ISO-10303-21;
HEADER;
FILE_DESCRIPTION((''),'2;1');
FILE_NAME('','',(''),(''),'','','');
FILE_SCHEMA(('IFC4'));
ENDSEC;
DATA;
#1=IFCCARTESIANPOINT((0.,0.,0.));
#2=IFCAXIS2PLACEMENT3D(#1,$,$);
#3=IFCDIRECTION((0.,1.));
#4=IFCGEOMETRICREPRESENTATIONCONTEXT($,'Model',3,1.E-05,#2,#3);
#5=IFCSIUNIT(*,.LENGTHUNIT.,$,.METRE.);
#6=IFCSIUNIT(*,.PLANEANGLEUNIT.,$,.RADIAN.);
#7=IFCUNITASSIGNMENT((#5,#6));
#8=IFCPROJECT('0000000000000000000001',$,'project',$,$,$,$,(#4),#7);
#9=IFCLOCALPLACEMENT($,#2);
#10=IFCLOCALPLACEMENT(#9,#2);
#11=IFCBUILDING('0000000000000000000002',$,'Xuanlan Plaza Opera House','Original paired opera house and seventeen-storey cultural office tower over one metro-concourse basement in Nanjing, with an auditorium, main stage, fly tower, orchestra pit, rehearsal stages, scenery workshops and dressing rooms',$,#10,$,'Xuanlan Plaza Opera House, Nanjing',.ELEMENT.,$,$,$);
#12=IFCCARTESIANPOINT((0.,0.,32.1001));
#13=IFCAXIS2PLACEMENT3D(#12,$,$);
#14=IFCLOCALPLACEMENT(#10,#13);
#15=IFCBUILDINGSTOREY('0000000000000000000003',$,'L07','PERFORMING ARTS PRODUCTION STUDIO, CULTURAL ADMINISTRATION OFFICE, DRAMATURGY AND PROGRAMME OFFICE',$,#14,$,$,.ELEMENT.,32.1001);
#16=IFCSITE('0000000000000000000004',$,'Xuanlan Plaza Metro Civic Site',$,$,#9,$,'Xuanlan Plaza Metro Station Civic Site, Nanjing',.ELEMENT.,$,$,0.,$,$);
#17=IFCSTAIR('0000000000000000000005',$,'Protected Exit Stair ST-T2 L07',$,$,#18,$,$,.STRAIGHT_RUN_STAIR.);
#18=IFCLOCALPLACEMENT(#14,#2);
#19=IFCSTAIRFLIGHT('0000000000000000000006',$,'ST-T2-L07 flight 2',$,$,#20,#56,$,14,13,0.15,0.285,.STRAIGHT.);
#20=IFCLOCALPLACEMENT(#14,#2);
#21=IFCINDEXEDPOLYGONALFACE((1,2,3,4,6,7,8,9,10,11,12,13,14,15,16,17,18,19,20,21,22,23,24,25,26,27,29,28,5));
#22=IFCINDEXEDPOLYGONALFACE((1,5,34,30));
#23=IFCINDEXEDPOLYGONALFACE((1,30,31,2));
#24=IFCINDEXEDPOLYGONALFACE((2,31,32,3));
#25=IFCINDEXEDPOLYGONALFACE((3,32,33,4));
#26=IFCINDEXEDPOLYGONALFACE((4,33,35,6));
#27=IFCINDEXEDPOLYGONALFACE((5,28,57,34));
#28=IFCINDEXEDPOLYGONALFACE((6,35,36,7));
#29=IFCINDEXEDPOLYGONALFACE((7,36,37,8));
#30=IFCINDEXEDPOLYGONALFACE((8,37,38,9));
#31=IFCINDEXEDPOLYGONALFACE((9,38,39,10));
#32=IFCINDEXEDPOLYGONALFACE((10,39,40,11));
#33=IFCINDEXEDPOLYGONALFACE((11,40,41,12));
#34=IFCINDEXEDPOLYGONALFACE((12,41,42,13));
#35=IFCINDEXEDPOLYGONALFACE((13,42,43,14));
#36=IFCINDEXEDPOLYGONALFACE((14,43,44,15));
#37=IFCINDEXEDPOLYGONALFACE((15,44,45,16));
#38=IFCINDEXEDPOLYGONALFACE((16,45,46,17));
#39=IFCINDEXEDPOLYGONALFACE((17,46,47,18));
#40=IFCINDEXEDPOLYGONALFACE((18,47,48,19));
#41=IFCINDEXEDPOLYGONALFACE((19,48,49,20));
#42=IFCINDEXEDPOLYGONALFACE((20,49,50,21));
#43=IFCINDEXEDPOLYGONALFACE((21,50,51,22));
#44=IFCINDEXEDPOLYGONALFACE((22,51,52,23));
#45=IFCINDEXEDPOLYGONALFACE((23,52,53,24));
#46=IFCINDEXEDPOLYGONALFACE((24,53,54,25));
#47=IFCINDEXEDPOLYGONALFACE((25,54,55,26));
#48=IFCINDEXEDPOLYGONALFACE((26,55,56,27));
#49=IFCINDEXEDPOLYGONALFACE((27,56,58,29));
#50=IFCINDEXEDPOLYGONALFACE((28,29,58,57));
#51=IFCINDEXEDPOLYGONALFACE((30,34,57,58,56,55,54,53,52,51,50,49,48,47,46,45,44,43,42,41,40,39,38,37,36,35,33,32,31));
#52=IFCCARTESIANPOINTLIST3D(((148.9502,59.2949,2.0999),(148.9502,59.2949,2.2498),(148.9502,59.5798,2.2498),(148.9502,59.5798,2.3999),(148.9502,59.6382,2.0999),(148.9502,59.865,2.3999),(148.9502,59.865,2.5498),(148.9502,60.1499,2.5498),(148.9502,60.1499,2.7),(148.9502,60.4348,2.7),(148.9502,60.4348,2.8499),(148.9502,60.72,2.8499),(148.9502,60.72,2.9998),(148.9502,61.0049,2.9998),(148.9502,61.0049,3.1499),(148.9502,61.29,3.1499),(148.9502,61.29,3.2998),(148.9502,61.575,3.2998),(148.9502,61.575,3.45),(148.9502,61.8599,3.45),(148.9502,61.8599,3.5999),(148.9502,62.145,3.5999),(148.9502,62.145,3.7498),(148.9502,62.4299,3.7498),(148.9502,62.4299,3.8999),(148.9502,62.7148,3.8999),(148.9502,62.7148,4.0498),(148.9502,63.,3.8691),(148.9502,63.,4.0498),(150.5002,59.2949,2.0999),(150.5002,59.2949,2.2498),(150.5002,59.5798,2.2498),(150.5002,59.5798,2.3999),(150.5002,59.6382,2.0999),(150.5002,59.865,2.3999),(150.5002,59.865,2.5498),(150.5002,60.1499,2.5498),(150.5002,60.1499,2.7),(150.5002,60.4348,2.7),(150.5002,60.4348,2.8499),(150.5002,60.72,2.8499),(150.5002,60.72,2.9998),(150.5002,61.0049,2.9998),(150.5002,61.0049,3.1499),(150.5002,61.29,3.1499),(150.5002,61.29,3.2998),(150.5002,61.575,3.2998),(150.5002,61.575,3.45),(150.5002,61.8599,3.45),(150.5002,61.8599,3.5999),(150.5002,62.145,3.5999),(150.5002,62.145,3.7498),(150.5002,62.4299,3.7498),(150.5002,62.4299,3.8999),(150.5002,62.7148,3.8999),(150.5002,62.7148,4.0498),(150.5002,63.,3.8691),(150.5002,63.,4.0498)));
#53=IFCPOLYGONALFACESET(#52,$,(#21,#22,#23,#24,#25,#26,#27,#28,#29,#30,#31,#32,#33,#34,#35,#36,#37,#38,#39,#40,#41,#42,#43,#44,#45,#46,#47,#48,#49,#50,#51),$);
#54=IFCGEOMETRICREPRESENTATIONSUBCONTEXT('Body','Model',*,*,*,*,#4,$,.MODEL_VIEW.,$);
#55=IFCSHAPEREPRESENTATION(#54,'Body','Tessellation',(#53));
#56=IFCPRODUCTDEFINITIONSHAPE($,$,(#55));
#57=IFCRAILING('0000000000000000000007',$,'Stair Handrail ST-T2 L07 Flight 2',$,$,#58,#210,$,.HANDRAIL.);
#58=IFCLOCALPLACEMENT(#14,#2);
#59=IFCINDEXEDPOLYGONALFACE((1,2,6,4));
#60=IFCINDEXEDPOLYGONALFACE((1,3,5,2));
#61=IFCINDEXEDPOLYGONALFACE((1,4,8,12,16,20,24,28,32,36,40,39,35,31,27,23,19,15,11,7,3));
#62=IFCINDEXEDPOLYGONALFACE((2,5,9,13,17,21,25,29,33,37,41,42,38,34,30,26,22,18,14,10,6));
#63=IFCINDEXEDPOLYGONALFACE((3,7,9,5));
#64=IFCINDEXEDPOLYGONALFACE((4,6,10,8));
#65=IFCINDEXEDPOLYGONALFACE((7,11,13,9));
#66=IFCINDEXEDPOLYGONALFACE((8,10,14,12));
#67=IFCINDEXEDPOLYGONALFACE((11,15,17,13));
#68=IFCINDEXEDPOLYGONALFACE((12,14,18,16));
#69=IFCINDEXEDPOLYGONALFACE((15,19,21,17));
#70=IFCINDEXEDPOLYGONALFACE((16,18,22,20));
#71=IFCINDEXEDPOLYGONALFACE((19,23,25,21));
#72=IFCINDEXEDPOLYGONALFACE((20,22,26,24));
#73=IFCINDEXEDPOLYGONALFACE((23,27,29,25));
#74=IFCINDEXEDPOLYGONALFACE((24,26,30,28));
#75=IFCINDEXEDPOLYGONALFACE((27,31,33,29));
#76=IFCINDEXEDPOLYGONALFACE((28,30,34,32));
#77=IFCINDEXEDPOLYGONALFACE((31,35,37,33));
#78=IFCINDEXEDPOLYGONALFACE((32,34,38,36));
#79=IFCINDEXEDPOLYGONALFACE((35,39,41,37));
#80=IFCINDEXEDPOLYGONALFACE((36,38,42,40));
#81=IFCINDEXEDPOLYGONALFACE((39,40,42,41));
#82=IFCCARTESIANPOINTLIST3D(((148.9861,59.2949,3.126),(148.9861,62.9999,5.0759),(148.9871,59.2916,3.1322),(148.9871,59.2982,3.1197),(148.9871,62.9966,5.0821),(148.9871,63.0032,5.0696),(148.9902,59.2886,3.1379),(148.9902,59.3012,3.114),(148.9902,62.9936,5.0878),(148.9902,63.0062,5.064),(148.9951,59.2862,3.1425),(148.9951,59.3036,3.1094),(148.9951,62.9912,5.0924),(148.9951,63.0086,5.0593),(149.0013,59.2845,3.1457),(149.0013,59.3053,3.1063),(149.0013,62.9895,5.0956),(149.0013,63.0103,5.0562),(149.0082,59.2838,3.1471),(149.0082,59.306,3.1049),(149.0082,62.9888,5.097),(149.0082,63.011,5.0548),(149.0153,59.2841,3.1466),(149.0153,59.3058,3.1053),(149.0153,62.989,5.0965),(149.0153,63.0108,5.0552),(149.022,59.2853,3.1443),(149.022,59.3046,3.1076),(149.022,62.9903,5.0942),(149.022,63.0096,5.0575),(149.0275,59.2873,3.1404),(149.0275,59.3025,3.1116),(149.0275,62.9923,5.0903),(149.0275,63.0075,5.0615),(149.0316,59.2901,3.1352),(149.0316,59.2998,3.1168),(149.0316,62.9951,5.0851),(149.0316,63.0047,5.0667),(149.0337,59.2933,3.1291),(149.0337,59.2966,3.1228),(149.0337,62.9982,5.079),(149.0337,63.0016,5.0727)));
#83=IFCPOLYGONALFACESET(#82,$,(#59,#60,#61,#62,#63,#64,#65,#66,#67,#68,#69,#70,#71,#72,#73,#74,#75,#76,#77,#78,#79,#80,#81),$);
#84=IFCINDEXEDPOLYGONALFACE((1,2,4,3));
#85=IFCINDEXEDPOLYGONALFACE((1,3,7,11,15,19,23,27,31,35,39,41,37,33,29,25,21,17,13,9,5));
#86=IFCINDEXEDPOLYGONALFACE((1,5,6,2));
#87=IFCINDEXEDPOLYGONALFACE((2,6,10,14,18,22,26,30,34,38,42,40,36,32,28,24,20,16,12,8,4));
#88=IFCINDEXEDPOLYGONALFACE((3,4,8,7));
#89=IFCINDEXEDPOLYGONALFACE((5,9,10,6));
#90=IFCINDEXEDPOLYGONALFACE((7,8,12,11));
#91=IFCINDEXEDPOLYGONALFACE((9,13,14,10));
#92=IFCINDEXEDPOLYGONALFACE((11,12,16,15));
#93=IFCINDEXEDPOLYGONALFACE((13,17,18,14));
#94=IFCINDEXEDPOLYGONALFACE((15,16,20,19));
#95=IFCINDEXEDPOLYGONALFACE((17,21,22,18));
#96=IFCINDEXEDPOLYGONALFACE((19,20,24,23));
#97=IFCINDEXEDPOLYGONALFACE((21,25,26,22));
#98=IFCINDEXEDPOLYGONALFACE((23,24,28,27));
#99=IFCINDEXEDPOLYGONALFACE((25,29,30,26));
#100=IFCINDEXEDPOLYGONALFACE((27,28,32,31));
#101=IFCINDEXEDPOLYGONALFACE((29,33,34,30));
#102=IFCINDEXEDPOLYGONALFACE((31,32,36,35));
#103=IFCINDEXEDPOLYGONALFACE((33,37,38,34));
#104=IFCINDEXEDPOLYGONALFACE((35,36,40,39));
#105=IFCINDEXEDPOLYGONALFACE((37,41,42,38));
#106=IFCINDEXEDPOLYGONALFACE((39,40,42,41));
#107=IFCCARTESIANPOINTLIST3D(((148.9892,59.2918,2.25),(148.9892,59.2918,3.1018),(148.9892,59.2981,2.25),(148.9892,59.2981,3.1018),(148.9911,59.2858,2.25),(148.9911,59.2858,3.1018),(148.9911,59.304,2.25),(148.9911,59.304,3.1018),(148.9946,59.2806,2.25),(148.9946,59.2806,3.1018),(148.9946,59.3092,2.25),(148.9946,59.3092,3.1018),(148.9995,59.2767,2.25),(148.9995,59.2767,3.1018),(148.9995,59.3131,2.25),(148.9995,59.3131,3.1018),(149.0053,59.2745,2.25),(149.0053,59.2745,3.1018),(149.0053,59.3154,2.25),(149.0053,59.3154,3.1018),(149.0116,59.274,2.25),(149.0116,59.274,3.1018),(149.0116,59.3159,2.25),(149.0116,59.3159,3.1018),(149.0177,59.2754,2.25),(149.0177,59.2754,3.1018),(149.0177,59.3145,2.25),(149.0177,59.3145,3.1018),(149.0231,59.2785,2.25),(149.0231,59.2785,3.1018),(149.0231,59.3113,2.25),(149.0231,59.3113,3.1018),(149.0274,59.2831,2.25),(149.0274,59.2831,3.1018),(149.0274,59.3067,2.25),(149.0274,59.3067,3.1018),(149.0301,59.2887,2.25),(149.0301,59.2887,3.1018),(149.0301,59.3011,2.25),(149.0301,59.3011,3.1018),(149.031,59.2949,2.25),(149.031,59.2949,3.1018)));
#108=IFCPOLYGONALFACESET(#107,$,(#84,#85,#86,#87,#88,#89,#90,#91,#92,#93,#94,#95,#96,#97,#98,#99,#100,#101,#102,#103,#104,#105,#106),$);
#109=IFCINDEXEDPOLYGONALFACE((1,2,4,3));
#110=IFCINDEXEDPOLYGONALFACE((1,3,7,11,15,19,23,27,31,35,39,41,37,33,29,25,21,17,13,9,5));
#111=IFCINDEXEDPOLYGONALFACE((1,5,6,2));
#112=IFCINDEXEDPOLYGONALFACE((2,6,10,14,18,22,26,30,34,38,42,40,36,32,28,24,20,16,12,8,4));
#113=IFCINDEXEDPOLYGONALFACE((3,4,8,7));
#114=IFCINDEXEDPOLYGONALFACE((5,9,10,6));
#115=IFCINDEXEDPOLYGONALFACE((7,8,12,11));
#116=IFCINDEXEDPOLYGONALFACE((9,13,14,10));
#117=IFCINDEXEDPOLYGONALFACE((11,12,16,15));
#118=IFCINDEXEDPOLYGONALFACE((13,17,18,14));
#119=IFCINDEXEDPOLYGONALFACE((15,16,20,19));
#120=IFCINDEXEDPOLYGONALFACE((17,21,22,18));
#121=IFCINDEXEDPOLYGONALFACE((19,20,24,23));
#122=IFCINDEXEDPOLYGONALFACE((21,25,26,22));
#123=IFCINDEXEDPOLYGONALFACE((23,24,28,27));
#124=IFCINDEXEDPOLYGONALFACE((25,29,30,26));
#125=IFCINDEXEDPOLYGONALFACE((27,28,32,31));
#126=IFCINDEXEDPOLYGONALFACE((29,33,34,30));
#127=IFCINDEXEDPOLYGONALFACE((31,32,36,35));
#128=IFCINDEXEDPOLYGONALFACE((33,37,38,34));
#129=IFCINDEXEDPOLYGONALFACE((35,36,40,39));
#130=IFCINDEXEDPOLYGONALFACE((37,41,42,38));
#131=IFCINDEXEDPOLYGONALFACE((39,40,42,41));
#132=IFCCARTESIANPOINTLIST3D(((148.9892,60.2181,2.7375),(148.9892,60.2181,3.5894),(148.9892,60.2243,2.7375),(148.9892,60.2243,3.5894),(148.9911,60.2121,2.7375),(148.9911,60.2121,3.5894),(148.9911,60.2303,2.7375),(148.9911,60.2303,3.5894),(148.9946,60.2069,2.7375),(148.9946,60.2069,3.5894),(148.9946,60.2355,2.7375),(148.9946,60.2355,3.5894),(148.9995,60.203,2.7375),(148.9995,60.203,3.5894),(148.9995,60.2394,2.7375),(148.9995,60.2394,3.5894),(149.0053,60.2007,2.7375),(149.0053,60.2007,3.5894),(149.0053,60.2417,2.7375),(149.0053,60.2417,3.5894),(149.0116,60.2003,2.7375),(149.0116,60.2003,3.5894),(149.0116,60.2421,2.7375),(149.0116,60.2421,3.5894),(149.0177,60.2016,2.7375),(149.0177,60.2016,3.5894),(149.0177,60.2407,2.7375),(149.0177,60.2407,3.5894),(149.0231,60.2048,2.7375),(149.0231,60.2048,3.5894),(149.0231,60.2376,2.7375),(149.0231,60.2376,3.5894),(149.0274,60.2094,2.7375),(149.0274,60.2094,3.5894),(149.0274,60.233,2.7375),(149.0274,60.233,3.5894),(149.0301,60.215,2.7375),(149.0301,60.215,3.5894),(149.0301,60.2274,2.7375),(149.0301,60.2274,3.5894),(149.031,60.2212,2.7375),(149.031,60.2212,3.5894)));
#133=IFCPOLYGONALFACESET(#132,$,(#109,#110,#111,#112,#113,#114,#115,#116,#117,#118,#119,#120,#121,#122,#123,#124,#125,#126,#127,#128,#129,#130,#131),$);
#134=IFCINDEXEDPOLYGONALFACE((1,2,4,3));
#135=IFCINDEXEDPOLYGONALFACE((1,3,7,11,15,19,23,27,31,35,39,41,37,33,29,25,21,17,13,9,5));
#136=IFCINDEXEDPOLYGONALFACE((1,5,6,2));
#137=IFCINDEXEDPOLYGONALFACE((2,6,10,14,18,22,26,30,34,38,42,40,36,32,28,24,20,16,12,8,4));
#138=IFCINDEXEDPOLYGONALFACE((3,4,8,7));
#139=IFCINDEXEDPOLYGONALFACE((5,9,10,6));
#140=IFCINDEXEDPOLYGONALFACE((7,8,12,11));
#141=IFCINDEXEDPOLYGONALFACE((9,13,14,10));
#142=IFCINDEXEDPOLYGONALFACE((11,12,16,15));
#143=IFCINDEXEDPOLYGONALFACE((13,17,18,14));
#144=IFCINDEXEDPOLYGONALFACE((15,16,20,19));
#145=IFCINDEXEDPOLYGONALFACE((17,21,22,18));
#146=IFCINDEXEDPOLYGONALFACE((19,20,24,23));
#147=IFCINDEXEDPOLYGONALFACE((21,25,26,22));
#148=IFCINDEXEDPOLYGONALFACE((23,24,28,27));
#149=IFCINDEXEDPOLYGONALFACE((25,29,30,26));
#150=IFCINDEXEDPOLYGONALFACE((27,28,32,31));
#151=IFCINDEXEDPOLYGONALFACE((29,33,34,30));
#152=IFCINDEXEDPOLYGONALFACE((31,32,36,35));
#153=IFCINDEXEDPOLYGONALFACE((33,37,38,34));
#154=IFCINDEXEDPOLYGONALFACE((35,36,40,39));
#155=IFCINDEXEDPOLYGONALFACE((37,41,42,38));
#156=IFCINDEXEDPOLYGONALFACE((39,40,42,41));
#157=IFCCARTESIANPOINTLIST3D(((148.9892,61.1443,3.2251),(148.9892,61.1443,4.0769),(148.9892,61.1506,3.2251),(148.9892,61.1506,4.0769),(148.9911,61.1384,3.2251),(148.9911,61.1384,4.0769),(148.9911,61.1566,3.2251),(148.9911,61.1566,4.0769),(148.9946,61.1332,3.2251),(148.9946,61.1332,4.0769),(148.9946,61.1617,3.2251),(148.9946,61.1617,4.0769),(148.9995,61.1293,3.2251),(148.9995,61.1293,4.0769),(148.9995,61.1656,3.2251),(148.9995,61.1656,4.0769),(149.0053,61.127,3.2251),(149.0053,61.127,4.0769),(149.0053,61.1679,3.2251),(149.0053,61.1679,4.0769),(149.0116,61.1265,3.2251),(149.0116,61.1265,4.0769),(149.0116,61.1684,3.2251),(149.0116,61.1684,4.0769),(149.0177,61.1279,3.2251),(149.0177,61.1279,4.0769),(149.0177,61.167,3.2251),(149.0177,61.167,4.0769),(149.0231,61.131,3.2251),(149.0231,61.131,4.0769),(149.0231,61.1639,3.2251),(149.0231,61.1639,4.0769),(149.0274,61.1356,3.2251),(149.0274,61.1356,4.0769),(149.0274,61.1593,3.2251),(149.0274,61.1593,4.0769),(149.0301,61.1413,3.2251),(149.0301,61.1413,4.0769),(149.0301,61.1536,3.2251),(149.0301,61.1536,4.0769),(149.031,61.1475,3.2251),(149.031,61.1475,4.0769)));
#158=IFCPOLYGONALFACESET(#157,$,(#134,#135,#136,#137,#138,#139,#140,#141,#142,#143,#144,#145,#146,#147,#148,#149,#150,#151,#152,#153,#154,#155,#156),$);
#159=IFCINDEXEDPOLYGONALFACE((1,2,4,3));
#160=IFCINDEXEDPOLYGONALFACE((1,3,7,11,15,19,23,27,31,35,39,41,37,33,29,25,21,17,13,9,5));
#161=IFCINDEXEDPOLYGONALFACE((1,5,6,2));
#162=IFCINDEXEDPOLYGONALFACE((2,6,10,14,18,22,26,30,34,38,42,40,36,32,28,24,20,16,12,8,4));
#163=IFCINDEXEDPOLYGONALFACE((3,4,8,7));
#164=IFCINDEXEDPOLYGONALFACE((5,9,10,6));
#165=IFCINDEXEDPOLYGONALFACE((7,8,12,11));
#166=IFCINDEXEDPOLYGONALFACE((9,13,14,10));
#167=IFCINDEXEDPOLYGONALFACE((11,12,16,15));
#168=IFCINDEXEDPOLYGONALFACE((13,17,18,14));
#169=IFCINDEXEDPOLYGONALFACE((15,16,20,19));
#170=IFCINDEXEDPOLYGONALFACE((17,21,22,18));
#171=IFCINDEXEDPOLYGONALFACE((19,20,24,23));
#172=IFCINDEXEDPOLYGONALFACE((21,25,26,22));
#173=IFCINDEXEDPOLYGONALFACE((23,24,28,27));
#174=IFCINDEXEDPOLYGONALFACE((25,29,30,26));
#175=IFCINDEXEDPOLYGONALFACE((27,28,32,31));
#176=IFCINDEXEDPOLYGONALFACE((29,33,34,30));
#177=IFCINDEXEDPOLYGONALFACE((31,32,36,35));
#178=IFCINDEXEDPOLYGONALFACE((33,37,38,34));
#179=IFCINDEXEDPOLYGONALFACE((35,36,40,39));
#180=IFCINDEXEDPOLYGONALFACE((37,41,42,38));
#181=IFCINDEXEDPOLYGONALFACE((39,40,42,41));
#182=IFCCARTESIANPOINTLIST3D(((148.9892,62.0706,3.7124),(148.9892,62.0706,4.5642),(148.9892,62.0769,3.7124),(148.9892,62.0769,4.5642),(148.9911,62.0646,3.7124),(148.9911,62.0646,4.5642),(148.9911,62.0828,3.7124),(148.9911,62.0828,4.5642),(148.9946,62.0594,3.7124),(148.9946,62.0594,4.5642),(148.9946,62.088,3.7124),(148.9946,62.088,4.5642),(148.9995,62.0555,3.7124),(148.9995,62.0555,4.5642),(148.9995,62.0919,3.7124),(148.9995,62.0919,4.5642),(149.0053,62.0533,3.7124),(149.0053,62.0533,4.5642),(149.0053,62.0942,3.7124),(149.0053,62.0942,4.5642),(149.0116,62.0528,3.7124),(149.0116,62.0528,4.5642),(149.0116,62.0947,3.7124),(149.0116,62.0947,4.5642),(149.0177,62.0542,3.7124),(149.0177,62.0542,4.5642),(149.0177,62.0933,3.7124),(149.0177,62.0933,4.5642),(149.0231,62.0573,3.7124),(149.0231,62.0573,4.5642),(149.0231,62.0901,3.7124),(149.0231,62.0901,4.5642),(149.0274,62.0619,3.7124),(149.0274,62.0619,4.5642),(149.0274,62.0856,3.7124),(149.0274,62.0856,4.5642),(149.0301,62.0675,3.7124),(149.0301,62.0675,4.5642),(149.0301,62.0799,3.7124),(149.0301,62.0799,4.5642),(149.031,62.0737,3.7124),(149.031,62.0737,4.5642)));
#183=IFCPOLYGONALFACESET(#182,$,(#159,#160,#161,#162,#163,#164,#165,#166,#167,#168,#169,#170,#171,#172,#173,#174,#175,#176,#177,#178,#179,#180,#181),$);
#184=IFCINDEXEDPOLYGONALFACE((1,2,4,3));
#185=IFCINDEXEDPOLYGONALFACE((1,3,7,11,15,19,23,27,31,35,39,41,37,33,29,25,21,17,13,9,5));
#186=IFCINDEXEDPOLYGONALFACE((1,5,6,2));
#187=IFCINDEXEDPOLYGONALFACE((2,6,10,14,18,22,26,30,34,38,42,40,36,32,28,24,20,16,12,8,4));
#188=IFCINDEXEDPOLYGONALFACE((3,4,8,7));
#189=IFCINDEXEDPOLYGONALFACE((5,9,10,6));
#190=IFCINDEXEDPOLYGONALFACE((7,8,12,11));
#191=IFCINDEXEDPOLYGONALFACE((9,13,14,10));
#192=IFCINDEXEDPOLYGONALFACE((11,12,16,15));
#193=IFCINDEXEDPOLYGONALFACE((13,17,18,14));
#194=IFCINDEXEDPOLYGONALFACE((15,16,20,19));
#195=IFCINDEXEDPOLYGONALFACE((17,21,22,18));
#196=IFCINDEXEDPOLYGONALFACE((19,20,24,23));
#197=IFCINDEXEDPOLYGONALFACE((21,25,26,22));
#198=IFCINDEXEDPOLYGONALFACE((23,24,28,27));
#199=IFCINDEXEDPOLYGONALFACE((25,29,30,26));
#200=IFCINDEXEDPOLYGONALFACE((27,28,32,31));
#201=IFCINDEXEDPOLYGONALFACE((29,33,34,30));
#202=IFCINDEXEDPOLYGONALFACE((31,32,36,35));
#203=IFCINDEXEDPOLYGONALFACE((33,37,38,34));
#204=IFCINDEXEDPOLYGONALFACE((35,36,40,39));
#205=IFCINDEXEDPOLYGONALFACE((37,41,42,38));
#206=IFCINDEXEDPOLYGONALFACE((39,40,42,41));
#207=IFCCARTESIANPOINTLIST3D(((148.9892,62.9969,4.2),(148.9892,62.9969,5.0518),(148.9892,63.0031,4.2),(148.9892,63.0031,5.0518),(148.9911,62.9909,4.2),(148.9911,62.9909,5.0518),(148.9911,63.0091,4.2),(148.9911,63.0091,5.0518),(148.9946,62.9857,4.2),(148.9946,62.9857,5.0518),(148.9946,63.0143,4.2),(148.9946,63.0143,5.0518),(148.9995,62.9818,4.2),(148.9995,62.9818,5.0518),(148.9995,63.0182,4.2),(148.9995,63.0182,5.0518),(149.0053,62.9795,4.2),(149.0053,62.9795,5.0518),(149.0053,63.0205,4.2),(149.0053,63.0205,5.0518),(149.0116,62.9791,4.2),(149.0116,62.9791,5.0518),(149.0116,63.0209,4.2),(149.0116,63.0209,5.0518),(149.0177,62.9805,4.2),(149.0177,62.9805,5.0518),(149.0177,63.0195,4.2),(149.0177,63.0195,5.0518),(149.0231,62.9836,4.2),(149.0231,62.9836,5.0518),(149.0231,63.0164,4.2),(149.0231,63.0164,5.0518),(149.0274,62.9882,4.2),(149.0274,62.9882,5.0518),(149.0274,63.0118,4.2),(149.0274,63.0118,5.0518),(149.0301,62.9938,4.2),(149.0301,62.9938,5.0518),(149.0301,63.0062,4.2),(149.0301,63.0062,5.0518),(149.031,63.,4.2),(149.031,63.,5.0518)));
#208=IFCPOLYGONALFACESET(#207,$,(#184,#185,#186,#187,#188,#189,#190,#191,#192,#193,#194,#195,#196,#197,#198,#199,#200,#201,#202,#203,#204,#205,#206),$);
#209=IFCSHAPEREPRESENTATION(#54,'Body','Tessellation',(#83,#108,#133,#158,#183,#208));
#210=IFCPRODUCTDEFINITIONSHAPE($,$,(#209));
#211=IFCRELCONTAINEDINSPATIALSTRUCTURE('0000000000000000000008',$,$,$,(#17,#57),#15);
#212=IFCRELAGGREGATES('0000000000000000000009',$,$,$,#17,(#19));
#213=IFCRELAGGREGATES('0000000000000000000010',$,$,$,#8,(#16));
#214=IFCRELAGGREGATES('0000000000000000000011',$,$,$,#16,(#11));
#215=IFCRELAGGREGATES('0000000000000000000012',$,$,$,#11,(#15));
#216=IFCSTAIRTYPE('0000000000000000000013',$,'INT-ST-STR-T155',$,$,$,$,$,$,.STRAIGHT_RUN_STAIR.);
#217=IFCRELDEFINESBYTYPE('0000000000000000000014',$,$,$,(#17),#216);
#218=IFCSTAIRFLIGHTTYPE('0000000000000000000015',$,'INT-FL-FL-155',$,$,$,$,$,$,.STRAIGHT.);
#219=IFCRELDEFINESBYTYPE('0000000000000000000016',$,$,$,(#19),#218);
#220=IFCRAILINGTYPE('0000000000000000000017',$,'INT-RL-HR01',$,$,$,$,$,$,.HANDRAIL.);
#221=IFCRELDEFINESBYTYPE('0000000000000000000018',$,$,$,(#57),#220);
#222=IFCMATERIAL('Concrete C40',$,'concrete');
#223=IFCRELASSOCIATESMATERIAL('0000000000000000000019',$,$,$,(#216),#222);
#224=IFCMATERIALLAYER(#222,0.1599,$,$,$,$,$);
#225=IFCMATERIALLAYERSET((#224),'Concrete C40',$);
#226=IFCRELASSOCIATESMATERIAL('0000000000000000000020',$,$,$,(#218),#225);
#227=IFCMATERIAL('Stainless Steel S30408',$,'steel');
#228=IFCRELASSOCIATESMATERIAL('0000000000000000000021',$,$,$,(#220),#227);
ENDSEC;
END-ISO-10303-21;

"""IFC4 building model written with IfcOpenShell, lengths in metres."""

from ifc_helpers import new_model, si_unit, direction, frame, origin, origin_2d, place, context, subcontext, project, spatial, polyline, circle, outline, extrude, material, layer, layer_set, type_object, element, aggregate, save


model = new_model("IFC4")

# Units and contexts
model_context = context("Model", 3, precision=1e-05, world=origin(), true_north=direction((0.0, 1.0)))
body_context = subcontext(model_context, "Body", "Model", "MODEL_VIEW")
ifc_project = project(units=[si_unit("LENGTHUNIT", "METRE"), si_unit("PLANEANGLEUNIT", "RADIAN")], contexts=[model_context])

# Site, building, storey
site_placement = place(None, origin())
site = spatial("IfcSite", under=ifc_project, at=site_placement, Name="Xuanlan Plaza Metro Civic Site", LongName="Xuanlan Plaza Metro Station Civic Site, Nanjing", CompositionType="ELEMENT", RefElevation=0.0)
building_placement = place(site_placement, origin())
building = spatial("IfcBuilding", under=site, at=building_placement, Name="Xuanlan Plaza Opera House", Description="Original paired opera house and seventeen-storey cultural office tower over one metro-concourse basement in Nanjing, with an auditorium, main stage, fly tower, orchestra pit, rehearsal stages, scenery workshops and dressing rooms", LongName="Xuanlan Plaza Opera House, Nanjing", CompositionType="ELEMENT")
storey_placement = place(building_placement, frame((0.0, 0.0, 32.1001)))
storey = spatial("IfcBuildingStorey", under=building, at=storey_placement, Name="L07", Description="PERFORMING ARTS PRODUCTION STUDIO, CULTURAL ADMINISTRATION OFFICE, DRAMATURGY AND PROGRAMME OFFICE", CompositionType="ELEMENT", Elevation=32.1001)

# Shared definitions
ifc_material_1 = material(Name="Concrete C40", Category="concrete")

# Shared definitions
ifc_material_2 = material(Name="Stainless Steel S30408", Category="steel")

# Stair, stair flight
stair_type = type_object("IfcStairType", Name="INT-ST-STR-T155", PredefinedType="STRAIGHT_RUN_STAIR", material=ifc_material_1)
stair_placement = place(storey_placement, origin())
stair = element("IfcStair", 1, at=stair_placement, inside=storey, type_object=stair_type, Name="Protected Exit Stair ST-T2 L07", PredefinedType="STRAIGHT_RUN_STAIR")
ifc_layer_1 = layer(ifc_material_1, 0.1599)
ifc_layer_set_1 = layer_set([ifc_layer_1], Name="Concrete C40")
stair_flight_type = type_object("IfcStairFlightType", Name="INT-FL-FL-155", PredefinedType="STRAIGHT", material=ifc_layer_set_1)
stair_flight_placement = place(storey_placement, frame((149.7251, 59.2949, 2.0999), z_axis=(0.0, 0.0, 1.0), x_axis=(0.0, 1.0, 0.0)))
stair_flight = element("IfcStairFlight", 2, at=stair_flight_placement, type_object=stair_flight_type, Name="ST-T2-L07 flight 2", NumberOfRisers=14, NumberOfTreads=13, PredefinedType="STRAIGHT", RiserHeight=0.15, TreadLength=0.285, context=body_context, shape_type="SweptSolid", body=[
    extrude(outline(polyline([(0.0, 0.0), (0.0, 0.1499), (0.2849, 0.1499), (0.2849, 0.3), (0.5701, 0.3), (0.5701, 0.45), (0.855, 0.45), (0.855, 0.6001), (1.1399, 0.6001), (1.1399, 0.75), (1.425, 0.75), (1.425, 0.8999), (1.71, 0.8999), (1.71, 1.05), (1.9951, 1.05), (1.9951, 1.2), (2.28, 1.2), (2.28, 1.3501), (2.5649, 1.3501), (2.5649, 1.5), (2.8501, 1.5), (2.8501, 1.6499), (3.135, 1.6499), (3.135, 1.8), (3.4199, 1.8), (3.4199, 1.95), (3.7051, 1.95), (3.7051, 2.1001), (3.7051, 1.7693), (0.3433, 0.0), (0.0, 0.0)])), frame((0.0, 0.7749, 0.0), z_axis=(0.0, -1.0, 0.0), x_axis=(1.0, 0.0, 0.0)), (0.0, 0.0, 1.0), 1.55),
])
aggregate(stair, [stair_flight])

# Railing
railing_type = type_object("IfcRailingType", Name="INT-RL-HR01", PredefinedType="HANDRAIL", material=ifc_material_2)
railing_placement = place(storey_placement, frame((149.01, 59.2949, 2.25)))
element("IfcRailing", 3, at=railing_placement, inside=storey, type_object=railing_type, Name="Stair Handrail ST-T2 L07 Flight 2", PredefinedType="HANDRAIL", context=body_context, shape_type="SweptSolid", body=[
    extrude(circle(Radius=0.0239, at=origin_2d()), frame((0.0, 0.0, 0.876), z_axis=(0.0, 0.884927, 0.46573), x_axis=(-1.0, 0.0, 0.0)), (0.0, 0.0, 1.0), 4.1868),
    extrude(circle(Radius=0.021, at=origin_2d()), origin(), (0.0, 0.0, 1.0), 0.8518),
    extrude(circle(Radius=0.021, at=origin_2d()), frame((0.0, 0.9263, 0.4875)), (0.0, 0.0, 1.0), 0.8518),
    extrude(circle(Radius=0.021, at=origin_2d()), frame((0.0, 1.8525, 0.9751)), (0.0, 0.0, 1.0), 0.8518),
    extrude(circle(Radius=0.021, at=origin_2d()), frame((0.0, 2.7788, 1.4624)), (0.0, 0.0, 1.0), 0.8518),
    extrude(circle(Radius=0.021, at=origin_2d()), frame((0.0, 3.7051, 1.95)), (0.0, 0.0, 1.0), 0.8518),
])

save(model, "model.ifc")
